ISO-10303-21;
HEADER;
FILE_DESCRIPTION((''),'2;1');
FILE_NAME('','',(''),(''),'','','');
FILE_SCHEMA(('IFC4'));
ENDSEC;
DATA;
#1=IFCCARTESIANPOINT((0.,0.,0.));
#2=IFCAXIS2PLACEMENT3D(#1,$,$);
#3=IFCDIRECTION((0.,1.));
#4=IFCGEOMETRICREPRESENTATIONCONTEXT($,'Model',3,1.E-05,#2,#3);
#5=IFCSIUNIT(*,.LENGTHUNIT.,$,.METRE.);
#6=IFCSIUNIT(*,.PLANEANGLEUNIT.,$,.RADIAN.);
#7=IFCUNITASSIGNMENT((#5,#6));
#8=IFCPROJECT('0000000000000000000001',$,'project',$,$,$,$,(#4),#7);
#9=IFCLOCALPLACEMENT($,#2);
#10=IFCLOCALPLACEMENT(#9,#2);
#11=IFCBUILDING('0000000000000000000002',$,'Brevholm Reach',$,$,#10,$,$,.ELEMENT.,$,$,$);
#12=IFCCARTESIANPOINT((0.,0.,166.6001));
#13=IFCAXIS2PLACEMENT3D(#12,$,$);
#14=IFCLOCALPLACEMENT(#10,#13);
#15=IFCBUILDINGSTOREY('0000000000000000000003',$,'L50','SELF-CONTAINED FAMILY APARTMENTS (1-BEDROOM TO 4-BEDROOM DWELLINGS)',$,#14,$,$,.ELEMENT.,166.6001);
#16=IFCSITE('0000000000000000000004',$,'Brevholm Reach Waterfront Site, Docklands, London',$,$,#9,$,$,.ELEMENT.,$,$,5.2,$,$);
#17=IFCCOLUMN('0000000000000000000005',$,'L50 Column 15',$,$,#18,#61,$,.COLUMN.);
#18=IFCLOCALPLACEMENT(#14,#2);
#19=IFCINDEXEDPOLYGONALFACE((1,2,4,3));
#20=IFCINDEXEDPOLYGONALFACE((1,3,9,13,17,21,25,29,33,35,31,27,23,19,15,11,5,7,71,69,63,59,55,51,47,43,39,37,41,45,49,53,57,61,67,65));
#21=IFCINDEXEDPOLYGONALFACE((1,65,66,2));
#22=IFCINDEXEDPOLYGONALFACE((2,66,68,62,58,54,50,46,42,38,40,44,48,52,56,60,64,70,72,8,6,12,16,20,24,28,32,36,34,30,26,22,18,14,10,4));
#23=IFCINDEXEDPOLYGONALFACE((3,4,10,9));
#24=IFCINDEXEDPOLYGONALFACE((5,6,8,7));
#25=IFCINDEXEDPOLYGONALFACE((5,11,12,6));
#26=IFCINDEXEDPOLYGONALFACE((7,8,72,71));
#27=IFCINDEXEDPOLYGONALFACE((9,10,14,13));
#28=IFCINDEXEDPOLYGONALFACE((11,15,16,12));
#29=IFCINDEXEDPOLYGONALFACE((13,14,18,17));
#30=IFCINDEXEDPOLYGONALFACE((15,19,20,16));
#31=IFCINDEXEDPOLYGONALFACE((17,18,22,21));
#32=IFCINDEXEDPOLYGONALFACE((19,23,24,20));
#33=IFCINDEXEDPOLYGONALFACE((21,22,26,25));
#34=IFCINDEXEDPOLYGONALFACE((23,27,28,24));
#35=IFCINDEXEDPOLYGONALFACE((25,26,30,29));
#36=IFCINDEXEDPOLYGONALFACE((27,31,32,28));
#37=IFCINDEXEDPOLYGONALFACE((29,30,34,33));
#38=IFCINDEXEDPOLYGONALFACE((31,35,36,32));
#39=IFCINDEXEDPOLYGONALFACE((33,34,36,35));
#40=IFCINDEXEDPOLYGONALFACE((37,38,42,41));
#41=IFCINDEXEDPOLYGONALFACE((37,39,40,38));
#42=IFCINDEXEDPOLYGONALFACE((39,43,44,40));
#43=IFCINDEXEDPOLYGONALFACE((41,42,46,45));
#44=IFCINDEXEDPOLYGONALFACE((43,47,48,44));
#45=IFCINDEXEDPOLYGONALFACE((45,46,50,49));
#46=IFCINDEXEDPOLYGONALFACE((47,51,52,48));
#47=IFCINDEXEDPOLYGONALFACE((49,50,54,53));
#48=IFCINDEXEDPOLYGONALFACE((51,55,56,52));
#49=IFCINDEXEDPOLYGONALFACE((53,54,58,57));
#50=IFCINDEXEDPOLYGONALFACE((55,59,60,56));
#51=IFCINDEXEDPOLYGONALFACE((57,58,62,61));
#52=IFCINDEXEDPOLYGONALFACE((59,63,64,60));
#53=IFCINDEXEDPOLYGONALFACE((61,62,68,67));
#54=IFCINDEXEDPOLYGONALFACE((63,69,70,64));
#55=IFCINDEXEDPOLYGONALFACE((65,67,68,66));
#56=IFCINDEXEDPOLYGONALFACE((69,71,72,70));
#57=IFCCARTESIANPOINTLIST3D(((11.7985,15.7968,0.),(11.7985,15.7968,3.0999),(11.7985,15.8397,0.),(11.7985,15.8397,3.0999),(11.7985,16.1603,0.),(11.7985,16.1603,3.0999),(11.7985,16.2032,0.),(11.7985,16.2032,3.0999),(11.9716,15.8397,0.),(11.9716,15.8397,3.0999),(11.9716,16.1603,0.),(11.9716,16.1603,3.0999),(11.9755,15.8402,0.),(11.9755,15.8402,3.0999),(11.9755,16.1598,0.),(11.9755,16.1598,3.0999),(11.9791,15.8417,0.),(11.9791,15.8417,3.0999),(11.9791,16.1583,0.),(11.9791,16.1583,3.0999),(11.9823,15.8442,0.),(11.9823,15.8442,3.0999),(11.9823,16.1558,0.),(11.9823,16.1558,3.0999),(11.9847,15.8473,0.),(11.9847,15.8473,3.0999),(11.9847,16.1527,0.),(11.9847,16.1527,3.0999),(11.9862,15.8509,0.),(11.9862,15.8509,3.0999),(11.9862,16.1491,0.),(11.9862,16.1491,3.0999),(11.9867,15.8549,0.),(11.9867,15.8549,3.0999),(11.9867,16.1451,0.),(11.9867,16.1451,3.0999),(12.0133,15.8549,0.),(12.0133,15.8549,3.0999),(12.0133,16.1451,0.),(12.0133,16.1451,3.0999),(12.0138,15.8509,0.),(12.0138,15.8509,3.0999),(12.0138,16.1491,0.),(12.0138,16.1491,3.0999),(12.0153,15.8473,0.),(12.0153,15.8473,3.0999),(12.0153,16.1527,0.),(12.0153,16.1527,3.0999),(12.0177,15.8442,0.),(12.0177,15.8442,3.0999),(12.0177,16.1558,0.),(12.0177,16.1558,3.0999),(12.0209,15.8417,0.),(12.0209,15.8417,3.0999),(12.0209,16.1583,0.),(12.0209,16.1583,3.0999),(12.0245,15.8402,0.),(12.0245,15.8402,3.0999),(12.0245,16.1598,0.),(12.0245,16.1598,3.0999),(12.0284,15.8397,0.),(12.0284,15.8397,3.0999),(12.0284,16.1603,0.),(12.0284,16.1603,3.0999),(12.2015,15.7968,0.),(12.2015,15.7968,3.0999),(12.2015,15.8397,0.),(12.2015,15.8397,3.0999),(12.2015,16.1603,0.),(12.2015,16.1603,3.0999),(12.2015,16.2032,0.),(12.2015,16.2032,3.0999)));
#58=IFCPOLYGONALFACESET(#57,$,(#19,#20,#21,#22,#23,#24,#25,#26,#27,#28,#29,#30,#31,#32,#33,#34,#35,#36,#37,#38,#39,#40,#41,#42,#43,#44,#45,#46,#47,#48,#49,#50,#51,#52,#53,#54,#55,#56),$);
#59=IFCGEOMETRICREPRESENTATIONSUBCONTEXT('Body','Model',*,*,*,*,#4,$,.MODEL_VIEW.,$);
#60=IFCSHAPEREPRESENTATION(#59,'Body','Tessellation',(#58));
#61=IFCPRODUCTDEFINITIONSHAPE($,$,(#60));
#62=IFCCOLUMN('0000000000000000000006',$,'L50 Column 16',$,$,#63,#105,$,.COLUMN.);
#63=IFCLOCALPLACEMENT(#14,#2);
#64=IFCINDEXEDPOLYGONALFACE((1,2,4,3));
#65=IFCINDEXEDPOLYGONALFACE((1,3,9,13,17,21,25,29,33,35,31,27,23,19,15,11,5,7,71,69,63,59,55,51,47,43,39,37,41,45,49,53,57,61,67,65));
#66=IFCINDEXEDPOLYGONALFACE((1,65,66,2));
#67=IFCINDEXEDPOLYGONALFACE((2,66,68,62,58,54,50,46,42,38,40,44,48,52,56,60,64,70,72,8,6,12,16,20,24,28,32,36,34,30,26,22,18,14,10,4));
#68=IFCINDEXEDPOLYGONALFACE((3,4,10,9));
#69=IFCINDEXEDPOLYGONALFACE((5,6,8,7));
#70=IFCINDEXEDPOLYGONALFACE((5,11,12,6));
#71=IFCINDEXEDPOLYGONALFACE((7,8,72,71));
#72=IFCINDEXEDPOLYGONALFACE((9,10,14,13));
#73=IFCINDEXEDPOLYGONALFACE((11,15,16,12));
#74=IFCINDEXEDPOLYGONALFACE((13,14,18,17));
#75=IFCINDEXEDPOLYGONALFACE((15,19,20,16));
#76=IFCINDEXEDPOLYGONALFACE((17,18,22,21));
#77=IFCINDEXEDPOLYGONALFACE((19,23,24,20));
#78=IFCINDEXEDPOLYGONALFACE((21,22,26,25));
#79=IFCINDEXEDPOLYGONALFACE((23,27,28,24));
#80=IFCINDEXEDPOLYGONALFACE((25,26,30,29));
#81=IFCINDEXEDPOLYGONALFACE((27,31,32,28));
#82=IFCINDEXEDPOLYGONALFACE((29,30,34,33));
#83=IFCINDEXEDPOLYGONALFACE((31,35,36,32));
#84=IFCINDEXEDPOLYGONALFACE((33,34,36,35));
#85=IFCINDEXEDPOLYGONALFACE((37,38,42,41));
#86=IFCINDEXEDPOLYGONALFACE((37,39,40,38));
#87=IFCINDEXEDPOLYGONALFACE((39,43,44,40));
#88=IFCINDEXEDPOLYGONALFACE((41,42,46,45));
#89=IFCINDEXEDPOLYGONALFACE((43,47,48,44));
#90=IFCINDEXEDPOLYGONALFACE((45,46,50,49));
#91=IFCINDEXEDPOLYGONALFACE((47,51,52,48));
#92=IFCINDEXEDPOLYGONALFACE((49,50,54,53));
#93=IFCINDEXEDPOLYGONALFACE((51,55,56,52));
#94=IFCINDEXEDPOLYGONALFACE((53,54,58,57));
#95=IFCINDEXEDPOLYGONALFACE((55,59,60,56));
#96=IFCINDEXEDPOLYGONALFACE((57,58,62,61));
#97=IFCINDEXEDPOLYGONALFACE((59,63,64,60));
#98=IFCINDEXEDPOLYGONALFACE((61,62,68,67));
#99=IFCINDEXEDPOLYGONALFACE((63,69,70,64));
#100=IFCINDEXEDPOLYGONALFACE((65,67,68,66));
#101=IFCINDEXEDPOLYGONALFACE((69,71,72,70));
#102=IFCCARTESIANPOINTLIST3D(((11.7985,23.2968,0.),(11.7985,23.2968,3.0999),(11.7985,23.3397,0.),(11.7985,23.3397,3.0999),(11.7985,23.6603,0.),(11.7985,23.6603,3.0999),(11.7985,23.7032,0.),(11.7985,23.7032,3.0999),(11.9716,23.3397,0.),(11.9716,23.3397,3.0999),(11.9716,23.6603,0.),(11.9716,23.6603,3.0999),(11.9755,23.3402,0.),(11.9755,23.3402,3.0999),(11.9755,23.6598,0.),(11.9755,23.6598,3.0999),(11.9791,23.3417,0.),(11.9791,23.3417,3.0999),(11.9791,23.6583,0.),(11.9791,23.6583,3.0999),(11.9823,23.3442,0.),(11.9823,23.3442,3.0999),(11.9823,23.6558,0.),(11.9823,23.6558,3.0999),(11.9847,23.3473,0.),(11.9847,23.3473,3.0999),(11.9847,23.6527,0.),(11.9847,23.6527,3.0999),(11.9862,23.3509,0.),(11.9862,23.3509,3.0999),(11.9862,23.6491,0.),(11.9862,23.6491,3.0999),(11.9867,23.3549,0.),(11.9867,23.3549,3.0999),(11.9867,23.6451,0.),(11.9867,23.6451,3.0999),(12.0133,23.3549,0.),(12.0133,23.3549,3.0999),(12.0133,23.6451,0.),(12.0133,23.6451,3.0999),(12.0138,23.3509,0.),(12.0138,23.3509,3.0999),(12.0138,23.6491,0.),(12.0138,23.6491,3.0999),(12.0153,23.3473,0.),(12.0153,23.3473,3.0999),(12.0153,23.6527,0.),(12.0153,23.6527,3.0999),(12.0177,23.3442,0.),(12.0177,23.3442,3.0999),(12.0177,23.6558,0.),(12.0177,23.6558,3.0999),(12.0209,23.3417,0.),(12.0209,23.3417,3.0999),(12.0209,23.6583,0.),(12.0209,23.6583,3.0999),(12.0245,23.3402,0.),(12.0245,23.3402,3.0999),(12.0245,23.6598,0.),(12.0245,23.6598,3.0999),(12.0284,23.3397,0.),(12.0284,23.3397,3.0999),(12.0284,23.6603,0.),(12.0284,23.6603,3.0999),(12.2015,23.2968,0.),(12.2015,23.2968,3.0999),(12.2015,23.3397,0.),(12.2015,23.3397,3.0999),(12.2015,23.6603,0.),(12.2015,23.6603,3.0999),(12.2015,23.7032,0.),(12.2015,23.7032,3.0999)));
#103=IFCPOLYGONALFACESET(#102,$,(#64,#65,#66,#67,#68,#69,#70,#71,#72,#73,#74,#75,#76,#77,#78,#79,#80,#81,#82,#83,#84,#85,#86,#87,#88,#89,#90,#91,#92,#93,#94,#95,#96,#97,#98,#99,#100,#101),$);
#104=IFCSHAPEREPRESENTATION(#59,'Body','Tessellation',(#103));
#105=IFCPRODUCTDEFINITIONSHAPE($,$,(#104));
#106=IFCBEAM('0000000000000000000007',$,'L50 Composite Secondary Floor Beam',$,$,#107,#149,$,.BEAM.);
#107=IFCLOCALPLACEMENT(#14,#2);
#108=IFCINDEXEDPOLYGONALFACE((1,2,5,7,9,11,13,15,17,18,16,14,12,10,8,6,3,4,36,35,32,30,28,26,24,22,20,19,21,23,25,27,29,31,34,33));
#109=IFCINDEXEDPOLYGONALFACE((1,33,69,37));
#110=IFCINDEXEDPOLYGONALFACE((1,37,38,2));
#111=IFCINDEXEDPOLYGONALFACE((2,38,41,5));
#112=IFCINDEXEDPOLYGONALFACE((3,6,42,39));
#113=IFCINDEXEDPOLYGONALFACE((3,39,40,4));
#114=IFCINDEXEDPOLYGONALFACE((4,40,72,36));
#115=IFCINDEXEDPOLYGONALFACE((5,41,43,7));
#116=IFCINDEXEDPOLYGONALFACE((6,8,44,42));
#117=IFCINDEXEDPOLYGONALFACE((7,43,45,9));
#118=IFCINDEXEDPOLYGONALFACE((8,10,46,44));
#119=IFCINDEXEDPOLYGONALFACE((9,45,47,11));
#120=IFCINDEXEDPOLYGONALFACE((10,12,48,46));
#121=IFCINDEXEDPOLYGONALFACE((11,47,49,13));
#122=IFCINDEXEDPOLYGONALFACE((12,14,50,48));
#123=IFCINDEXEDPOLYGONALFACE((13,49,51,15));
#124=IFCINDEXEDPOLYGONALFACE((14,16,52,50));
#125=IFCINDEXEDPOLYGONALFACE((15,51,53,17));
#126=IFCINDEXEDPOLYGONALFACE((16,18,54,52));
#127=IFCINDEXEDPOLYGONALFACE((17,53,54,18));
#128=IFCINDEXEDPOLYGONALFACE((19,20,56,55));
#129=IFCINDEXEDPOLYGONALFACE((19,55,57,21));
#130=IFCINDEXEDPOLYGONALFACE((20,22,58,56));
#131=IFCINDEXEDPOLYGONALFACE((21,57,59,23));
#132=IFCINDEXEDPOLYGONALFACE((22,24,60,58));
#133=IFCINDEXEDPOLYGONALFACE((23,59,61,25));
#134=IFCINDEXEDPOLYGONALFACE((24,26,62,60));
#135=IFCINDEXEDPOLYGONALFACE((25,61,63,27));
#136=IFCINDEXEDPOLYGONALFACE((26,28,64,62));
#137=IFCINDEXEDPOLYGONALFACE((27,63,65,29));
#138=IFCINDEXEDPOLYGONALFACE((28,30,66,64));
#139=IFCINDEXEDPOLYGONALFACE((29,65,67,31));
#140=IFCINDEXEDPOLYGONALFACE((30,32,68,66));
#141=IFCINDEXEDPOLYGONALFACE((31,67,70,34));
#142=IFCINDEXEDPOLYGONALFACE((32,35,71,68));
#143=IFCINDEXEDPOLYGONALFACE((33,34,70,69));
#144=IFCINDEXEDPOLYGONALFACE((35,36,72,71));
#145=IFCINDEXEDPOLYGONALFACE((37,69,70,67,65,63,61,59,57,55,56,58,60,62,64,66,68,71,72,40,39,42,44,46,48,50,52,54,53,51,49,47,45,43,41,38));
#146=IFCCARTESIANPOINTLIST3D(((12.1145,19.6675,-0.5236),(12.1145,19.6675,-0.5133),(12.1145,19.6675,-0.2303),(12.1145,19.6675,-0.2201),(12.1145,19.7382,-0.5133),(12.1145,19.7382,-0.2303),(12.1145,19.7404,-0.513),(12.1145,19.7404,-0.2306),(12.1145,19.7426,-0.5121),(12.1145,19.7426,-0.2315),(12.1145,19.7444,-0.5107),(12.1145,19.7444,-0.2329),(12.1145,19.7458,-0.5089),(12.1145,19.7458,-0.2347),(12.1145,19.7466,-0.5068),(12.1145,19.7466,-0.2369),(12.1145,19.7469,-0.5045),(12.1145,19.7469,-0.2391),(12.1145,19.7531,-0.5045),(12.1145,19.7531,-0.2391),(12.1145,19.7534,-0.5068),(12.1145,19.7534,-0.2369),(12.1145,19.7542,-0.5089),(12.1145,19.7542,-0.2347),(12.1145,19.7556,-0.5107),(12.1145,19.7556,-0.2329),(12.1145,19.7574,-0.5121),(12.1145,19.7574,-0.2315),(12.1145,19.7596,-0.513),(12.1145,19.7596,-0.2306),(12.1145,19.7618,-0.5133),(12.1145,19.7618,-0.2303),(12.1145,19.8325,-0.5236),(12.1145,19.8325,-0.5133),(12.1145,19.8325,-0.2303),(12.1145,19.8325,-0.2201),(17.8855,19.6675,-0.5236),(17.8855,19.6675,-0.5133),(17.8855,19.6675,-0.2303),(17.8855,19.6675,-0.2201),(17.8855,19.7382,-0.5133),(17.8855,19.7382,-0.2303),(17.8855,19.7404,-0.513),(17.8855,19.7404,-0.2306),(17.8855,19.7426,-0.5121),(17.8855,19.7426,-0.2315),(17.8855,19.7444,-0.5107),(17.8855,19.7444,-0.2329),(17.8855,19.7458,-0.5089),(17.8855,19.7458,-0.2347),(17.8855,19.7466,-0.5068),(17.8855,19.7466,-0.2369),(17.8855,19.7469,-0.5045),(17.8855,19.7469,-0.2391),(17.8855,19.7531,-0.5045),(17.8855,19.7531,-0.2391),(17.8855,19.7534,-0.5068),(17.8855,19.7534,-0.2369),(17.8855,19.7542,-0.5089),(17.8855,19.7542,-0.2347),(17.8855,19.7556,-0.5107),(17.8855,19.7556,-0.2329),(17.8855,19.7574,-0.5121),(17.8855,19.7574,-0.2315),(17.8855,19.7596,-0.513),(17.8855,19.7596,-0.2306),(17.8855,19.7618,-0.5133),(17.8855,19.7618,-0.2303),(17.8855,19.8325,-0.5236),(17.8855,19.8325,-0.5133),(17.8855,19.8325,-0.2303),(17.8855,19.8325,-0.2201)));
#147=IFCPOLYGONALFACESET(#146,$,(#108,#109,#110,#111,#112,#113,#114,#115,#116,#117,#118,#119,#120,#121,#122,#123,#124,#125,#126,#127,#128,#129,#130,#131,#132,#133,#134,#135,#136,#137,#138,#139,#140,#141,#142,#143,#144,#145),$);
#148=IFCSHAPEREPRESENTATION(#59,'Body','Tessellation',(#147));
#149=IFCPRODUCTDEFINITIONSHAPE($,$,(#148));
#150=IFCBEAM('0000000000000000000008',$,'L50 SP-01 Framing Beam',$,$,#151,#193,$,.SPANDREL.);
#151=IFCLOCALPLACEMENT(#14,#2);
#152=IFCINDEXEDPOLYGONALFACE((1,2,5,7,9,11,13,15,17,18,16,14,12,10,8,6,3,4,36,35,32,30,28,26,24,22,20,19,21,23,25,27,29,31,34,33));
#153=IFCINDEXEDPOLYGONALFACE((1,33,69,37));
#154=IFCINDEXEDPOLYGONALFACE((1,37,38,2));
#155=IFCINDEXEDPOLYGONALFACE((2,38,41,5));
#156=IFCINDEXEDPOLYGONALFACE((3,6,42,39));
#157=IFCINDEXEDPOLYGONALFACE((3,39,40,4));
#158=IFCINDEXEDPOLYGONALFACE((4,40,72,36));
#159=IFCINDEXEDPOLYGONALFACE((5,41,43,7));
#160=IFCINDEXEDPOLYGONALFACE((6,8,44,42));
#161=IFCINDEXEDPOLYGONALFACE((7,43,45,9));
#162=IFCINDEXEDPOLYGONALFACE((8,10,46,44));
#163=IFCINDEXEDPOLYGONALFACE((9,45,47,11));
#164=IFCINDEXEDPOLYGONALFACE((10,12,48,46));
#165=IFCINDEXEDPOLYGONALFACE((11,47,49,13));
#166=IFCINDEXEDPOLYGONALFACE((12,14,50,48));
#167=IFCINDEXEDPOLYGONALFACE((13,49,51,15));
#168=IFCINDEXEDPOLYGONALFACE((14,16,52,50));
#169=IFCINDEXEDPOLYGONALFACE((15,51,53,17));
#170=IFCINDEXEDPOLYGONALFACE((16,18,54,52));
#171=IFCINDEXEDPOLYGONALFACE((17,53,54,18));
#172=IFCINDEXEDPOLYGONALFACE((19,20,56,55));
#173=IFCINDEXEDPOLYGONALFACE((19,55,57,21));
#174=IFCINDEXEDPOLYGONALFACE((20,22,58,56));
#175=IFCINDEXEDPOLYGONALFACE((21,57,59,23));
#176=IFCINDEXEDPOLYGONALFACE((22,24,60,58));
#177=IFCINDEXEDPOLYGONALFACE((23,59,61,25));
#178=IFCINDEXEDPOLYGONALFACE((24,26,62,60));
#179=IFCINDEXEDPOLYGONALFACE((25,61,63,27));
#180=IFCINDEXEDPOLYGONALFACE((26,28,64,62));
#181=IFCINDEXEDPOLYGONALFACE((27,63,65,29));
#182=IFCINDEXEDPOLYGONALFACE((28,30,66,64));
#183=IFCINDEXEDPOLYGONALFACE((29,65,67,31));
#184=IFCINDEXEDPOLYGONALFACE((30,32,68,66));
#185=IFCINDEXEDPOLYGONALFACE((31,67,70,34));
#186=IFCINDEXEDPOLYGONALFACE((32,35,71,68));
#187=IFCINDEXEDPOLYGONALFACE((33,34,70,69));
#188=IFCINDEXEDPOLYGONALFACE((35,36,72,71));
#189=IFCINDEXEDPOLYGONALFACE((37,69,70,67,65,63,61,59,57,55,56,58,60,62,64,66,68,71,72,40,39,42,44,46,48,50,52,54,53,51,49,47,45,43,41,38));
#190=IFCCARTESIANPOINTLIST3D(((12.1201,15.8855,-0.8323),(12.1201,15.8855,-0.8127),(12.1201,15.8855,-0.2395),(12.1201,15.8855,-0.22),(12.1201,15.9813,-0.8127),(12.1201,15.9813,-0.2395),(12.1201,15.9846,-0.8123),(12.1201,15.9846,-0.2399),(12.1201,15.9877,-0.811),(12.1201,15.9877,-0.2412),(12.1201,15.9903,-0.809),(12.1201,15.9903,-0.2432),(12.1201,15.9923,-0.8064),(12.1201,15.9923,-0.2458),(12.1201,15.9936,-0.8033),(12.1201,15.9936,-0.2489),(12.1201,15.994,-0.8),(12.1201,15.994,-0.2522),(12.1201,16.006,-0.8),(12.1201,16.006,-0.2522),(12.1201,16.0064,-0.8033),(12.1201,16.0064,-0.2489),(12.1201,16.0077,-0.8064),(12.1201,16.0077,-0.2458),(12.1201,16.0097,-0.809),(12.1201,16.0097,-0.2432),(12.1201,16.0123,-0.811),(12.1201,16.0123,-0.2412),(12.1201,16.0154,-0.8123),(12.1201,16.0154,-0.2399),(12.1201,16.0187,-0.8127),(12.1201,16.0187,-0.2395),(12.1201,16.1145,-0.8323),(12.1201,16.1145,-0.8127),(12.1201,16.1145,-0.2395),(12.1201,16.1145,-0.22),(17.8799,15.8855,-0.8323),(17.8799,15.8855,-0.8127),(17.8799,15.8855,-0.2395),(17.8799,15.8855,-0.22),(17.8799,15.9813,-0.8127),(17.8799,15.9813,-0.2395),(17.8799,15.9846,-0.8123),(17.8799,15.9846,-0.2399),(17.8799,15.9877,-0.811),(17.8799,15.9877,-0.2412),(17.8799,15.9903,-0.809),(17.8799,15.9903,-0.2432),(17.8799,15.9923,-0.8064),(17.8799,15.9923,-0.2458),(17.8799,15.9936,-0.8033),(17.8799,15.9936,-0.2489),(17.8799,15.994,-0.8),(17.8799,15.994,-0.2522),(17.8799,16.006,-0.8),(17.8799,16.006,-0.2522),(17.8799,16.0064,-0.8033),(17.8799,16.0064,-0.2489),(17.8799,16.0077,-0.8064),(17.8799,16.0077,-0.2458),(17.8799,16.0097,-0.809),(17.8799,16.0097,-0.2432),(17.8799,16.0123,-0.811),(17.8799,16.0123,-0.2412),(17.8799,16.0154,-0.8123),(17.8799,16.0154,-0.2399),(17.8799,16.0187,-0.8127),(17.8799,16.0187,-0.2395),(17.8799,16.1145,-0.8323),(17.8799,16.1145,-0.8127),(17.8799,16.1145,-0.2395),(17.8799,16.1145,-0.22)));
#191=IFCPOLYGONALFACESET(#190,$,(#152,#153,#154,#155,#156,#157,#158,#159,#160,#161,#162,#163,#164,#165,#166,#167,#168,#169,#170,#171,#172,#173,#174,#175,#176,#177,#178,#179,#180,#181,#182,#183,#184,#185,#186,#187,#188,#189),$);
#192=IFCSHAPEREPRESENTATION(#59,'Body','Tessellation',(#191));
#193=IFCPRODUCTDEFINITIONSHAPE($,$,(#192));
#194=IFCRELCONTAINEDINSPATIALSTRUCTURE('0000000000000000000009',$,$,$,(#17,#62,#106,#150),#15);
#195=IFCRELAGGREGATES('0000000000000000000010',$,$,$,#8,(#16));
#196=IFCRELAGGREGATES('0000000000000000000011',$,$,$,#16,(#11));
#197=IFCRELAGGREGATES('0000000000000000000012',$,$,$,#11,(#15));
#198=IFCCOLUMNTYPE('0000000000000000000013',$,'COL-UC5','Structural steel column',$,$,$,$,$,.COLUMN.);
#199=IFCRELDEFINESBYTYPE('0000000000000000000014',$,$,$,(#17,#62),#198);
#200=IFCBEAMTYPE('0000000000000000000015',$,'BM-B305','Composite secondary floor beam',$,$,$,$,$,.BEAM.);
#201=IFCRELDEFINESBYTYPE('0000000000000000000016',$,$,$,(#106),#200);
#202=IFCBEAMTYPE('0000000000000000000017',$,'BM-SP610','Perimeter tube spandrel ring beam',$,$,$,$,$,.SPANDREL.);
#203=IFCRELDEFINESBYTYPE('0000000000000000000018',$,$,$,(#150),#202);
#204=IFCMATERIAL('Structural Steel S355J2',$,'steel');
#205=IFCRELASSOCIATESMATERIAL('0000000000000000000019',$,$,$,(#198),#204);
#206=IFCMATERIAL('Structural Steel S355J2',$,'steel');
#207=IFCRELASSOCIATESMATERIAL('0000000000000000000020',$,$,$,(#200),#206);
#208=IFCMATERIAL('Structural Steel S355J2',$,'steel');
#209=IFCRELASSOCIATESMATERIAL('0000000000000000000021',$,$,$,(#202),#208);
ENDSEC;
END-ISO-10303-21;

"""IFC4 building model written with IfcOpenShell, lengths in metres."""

from ifc_helpers import new_model, si_unit, direction, frame, origin, origin_2d, place, context, subcontext, project, spatial, i_section, extrude, material, material_profile, profile_set, type_object, element, save


model = new_model("IFC4")

# Units and contexts
model_context = context("Model", 3, precision=1e-05, world=origin(), true_north=direction((0.0, 1.0)))
body_context = subcontext(model_context, "Body", "Model", "MODEL_VIEW")
ifc_project = project(units=[si_unit("LENGTHUNIT", "METRE"), si_unit("PLANEANGLEUNIT", "RADIAN")], contexts=[model_context])

# Site, building, storey
site_placement = place(None, origin())
site = spatial("IfcSite", under=ifc_project, at=site_placement, Name="Brevholm Reach Waterfront Site, Docklands, London", CompositionType="ELEMENT", RefElevation=5.2)
building_placement = place(site_placement, origin())
building = spatial("IfcBuilding", under=site, at=building_placement, Name="Brevholm Reach", CompositionType="ELEMENT")
storey_placement = place(building_placement, frame((0.0, 0.0, 166.6001)))
storey = spatial("IfcBuildingStorey", under=building, at=storey_placement, Name="L50", Description="SELF-CONTAINED FAMILY APARTMENTS (1-BEDROOM TO 4-BEDROOM DWELLINGS)", CompositionType="ELEMENT", Elevation=166.6001)

# Columns
ifc_material_1 = material(Name="Structural Steel S355J2", Category="steel")
ifc_material_profile_1 = material_profile(ifc_material_1, i_section(OverallWidth=0.4031, OverallDepth=0.4065, WebThickness=0.0266, FlangeThickness=0.043, FilletRadius=0.0151, at=origin_2d()), Name="UKC 356x406x340")
ifc_profile_set_1 = profile_set([ifc_material_profile_1], Name="Structural Steel S355J2")
column_type = type_object("IfcColumnType", Name="COL-UC5", Description="Structural steel column", PredefinedType="COLUMN", material=ifc_profile_set_1)
for number, where, z_axis, x_axis, name in (
    (1, (12.0, 16.0, 0.0), (0.0, 0.0, 1.0), (1.0, 0.0, 0.0), "L50 Column 15"),
    (2, (12.0, 23.5, 0.0), (0.0, 0.0, 1.0), (1.0, 0.0, 0.0), "L50 Column 16"),
):
    element("IfcColumn", number, at=place(storey_placement, frame(where, z_axis=z_axis, x_axis=x_axis)), inside=storey, type_object=column_type, Name=name, PredefinedType="COLUMN", context=body_context, shape_type="SweptSolid", body=[
        extrude(i_section(OverallWidth=0.4031, OverallDepth=0.4065, WebThickness=0.0266, FlangeThickness=0.043, FilletRadius=0.0151, at=origin_2d()), origin(), (0.0, 0.0, 1.0), 3.0999),
    ])

# Beams
ifc_material_2 = material(Name="Structural Steel S355J2", Category="steel")
ifc_material_profile_2 = material_profile(ifc_material_2, i_section(OverallWidth=0.165, OverallDepth=0.3035, WebThickness=0.0061, FlangeThickness=0.0103, FilletRadius=0.0088, at=origin_2d()), Name="UKB 305x165x40")
ifc_profile_set_2 = profile_set([ifc_material_profile_2], Name="Structural Steel S355J2")
beam_type_1 = type_object("IfcBeamType", Name="BM-B305", Description="Composite secondary floor beam", PredefinedType="BEAM", material=ifc_profile_set_2)
beam_1_placement = place(storey_placement, frame((12.1145, 19.75, -0.3718), z_axis=(1.0, 0.0, 0.0), x_axis=(0.0, 1.0, 0.0)))
element("IfcBeam", 3, at=beam_1_placement, inside=storey, type_object=beam_type_1, Name="L50 Composite Secondary Floor Beam", PredefinedType="BEAM", context=body_context, shape_type="SweptSolid", body=[
    extrude(i_section(OverallWidth=0.165, OverallDepth=0.3035, WebThickness=0.0061, FlangeThickness=0.0103, FilletRadius=0.0088, at=origin_2d()), origin(), (0.0, 0.0, 1.0), 5.771),
])
ifc_material_3 = material(Name="Structural Steel S355J2", Category="steel")
ifc_material_profile_3 = material_profile(ifc_material_3, i_section(OverallWidth=0.229, OverallDepth=0.6123, WebThickness=0.012, FlangeThickness=0.0195, FilletRadius=0.0127, at=origin_2d()), Name="UKB 610x229x125")
ifc_profile_set_3 = profile_set([ifc_material_profile_3], Name="Structural Steel S355J2")
beam_type_2 = type_object("IfcBeamType", Name="BM-SP610", Description="Perimeter tube spandrel ring beam", PredefinedType="SPANDREL", material=ifc_profile_set_3)
beam_2_placement = place(storey_placement, frame((12.1201, 16.0, -0.5261), z_axis=(1.0, 0.0, 0.0), x_axis=(0.0, 1.0, 0.0)))
element("IfcBeam", 4, at=beam_2_placement, inside=storey, type_object=beam_type_2, Name="L50 SP-01 Framing Beam", PredefinedType="SPANDREL", context=body_context, shape_type="SweptSolid", body=[
    extrude(i_section(OverallWidth=0.229, OverallDepth=0.6123, WebThickness=0.012, FlangeThickness=0.0195, FilletRadius=0.0127, at=origin_2d()), origin(), (0.0, 0.0, 1.0), 5.7598),
])

save(model, "model.ifc")
